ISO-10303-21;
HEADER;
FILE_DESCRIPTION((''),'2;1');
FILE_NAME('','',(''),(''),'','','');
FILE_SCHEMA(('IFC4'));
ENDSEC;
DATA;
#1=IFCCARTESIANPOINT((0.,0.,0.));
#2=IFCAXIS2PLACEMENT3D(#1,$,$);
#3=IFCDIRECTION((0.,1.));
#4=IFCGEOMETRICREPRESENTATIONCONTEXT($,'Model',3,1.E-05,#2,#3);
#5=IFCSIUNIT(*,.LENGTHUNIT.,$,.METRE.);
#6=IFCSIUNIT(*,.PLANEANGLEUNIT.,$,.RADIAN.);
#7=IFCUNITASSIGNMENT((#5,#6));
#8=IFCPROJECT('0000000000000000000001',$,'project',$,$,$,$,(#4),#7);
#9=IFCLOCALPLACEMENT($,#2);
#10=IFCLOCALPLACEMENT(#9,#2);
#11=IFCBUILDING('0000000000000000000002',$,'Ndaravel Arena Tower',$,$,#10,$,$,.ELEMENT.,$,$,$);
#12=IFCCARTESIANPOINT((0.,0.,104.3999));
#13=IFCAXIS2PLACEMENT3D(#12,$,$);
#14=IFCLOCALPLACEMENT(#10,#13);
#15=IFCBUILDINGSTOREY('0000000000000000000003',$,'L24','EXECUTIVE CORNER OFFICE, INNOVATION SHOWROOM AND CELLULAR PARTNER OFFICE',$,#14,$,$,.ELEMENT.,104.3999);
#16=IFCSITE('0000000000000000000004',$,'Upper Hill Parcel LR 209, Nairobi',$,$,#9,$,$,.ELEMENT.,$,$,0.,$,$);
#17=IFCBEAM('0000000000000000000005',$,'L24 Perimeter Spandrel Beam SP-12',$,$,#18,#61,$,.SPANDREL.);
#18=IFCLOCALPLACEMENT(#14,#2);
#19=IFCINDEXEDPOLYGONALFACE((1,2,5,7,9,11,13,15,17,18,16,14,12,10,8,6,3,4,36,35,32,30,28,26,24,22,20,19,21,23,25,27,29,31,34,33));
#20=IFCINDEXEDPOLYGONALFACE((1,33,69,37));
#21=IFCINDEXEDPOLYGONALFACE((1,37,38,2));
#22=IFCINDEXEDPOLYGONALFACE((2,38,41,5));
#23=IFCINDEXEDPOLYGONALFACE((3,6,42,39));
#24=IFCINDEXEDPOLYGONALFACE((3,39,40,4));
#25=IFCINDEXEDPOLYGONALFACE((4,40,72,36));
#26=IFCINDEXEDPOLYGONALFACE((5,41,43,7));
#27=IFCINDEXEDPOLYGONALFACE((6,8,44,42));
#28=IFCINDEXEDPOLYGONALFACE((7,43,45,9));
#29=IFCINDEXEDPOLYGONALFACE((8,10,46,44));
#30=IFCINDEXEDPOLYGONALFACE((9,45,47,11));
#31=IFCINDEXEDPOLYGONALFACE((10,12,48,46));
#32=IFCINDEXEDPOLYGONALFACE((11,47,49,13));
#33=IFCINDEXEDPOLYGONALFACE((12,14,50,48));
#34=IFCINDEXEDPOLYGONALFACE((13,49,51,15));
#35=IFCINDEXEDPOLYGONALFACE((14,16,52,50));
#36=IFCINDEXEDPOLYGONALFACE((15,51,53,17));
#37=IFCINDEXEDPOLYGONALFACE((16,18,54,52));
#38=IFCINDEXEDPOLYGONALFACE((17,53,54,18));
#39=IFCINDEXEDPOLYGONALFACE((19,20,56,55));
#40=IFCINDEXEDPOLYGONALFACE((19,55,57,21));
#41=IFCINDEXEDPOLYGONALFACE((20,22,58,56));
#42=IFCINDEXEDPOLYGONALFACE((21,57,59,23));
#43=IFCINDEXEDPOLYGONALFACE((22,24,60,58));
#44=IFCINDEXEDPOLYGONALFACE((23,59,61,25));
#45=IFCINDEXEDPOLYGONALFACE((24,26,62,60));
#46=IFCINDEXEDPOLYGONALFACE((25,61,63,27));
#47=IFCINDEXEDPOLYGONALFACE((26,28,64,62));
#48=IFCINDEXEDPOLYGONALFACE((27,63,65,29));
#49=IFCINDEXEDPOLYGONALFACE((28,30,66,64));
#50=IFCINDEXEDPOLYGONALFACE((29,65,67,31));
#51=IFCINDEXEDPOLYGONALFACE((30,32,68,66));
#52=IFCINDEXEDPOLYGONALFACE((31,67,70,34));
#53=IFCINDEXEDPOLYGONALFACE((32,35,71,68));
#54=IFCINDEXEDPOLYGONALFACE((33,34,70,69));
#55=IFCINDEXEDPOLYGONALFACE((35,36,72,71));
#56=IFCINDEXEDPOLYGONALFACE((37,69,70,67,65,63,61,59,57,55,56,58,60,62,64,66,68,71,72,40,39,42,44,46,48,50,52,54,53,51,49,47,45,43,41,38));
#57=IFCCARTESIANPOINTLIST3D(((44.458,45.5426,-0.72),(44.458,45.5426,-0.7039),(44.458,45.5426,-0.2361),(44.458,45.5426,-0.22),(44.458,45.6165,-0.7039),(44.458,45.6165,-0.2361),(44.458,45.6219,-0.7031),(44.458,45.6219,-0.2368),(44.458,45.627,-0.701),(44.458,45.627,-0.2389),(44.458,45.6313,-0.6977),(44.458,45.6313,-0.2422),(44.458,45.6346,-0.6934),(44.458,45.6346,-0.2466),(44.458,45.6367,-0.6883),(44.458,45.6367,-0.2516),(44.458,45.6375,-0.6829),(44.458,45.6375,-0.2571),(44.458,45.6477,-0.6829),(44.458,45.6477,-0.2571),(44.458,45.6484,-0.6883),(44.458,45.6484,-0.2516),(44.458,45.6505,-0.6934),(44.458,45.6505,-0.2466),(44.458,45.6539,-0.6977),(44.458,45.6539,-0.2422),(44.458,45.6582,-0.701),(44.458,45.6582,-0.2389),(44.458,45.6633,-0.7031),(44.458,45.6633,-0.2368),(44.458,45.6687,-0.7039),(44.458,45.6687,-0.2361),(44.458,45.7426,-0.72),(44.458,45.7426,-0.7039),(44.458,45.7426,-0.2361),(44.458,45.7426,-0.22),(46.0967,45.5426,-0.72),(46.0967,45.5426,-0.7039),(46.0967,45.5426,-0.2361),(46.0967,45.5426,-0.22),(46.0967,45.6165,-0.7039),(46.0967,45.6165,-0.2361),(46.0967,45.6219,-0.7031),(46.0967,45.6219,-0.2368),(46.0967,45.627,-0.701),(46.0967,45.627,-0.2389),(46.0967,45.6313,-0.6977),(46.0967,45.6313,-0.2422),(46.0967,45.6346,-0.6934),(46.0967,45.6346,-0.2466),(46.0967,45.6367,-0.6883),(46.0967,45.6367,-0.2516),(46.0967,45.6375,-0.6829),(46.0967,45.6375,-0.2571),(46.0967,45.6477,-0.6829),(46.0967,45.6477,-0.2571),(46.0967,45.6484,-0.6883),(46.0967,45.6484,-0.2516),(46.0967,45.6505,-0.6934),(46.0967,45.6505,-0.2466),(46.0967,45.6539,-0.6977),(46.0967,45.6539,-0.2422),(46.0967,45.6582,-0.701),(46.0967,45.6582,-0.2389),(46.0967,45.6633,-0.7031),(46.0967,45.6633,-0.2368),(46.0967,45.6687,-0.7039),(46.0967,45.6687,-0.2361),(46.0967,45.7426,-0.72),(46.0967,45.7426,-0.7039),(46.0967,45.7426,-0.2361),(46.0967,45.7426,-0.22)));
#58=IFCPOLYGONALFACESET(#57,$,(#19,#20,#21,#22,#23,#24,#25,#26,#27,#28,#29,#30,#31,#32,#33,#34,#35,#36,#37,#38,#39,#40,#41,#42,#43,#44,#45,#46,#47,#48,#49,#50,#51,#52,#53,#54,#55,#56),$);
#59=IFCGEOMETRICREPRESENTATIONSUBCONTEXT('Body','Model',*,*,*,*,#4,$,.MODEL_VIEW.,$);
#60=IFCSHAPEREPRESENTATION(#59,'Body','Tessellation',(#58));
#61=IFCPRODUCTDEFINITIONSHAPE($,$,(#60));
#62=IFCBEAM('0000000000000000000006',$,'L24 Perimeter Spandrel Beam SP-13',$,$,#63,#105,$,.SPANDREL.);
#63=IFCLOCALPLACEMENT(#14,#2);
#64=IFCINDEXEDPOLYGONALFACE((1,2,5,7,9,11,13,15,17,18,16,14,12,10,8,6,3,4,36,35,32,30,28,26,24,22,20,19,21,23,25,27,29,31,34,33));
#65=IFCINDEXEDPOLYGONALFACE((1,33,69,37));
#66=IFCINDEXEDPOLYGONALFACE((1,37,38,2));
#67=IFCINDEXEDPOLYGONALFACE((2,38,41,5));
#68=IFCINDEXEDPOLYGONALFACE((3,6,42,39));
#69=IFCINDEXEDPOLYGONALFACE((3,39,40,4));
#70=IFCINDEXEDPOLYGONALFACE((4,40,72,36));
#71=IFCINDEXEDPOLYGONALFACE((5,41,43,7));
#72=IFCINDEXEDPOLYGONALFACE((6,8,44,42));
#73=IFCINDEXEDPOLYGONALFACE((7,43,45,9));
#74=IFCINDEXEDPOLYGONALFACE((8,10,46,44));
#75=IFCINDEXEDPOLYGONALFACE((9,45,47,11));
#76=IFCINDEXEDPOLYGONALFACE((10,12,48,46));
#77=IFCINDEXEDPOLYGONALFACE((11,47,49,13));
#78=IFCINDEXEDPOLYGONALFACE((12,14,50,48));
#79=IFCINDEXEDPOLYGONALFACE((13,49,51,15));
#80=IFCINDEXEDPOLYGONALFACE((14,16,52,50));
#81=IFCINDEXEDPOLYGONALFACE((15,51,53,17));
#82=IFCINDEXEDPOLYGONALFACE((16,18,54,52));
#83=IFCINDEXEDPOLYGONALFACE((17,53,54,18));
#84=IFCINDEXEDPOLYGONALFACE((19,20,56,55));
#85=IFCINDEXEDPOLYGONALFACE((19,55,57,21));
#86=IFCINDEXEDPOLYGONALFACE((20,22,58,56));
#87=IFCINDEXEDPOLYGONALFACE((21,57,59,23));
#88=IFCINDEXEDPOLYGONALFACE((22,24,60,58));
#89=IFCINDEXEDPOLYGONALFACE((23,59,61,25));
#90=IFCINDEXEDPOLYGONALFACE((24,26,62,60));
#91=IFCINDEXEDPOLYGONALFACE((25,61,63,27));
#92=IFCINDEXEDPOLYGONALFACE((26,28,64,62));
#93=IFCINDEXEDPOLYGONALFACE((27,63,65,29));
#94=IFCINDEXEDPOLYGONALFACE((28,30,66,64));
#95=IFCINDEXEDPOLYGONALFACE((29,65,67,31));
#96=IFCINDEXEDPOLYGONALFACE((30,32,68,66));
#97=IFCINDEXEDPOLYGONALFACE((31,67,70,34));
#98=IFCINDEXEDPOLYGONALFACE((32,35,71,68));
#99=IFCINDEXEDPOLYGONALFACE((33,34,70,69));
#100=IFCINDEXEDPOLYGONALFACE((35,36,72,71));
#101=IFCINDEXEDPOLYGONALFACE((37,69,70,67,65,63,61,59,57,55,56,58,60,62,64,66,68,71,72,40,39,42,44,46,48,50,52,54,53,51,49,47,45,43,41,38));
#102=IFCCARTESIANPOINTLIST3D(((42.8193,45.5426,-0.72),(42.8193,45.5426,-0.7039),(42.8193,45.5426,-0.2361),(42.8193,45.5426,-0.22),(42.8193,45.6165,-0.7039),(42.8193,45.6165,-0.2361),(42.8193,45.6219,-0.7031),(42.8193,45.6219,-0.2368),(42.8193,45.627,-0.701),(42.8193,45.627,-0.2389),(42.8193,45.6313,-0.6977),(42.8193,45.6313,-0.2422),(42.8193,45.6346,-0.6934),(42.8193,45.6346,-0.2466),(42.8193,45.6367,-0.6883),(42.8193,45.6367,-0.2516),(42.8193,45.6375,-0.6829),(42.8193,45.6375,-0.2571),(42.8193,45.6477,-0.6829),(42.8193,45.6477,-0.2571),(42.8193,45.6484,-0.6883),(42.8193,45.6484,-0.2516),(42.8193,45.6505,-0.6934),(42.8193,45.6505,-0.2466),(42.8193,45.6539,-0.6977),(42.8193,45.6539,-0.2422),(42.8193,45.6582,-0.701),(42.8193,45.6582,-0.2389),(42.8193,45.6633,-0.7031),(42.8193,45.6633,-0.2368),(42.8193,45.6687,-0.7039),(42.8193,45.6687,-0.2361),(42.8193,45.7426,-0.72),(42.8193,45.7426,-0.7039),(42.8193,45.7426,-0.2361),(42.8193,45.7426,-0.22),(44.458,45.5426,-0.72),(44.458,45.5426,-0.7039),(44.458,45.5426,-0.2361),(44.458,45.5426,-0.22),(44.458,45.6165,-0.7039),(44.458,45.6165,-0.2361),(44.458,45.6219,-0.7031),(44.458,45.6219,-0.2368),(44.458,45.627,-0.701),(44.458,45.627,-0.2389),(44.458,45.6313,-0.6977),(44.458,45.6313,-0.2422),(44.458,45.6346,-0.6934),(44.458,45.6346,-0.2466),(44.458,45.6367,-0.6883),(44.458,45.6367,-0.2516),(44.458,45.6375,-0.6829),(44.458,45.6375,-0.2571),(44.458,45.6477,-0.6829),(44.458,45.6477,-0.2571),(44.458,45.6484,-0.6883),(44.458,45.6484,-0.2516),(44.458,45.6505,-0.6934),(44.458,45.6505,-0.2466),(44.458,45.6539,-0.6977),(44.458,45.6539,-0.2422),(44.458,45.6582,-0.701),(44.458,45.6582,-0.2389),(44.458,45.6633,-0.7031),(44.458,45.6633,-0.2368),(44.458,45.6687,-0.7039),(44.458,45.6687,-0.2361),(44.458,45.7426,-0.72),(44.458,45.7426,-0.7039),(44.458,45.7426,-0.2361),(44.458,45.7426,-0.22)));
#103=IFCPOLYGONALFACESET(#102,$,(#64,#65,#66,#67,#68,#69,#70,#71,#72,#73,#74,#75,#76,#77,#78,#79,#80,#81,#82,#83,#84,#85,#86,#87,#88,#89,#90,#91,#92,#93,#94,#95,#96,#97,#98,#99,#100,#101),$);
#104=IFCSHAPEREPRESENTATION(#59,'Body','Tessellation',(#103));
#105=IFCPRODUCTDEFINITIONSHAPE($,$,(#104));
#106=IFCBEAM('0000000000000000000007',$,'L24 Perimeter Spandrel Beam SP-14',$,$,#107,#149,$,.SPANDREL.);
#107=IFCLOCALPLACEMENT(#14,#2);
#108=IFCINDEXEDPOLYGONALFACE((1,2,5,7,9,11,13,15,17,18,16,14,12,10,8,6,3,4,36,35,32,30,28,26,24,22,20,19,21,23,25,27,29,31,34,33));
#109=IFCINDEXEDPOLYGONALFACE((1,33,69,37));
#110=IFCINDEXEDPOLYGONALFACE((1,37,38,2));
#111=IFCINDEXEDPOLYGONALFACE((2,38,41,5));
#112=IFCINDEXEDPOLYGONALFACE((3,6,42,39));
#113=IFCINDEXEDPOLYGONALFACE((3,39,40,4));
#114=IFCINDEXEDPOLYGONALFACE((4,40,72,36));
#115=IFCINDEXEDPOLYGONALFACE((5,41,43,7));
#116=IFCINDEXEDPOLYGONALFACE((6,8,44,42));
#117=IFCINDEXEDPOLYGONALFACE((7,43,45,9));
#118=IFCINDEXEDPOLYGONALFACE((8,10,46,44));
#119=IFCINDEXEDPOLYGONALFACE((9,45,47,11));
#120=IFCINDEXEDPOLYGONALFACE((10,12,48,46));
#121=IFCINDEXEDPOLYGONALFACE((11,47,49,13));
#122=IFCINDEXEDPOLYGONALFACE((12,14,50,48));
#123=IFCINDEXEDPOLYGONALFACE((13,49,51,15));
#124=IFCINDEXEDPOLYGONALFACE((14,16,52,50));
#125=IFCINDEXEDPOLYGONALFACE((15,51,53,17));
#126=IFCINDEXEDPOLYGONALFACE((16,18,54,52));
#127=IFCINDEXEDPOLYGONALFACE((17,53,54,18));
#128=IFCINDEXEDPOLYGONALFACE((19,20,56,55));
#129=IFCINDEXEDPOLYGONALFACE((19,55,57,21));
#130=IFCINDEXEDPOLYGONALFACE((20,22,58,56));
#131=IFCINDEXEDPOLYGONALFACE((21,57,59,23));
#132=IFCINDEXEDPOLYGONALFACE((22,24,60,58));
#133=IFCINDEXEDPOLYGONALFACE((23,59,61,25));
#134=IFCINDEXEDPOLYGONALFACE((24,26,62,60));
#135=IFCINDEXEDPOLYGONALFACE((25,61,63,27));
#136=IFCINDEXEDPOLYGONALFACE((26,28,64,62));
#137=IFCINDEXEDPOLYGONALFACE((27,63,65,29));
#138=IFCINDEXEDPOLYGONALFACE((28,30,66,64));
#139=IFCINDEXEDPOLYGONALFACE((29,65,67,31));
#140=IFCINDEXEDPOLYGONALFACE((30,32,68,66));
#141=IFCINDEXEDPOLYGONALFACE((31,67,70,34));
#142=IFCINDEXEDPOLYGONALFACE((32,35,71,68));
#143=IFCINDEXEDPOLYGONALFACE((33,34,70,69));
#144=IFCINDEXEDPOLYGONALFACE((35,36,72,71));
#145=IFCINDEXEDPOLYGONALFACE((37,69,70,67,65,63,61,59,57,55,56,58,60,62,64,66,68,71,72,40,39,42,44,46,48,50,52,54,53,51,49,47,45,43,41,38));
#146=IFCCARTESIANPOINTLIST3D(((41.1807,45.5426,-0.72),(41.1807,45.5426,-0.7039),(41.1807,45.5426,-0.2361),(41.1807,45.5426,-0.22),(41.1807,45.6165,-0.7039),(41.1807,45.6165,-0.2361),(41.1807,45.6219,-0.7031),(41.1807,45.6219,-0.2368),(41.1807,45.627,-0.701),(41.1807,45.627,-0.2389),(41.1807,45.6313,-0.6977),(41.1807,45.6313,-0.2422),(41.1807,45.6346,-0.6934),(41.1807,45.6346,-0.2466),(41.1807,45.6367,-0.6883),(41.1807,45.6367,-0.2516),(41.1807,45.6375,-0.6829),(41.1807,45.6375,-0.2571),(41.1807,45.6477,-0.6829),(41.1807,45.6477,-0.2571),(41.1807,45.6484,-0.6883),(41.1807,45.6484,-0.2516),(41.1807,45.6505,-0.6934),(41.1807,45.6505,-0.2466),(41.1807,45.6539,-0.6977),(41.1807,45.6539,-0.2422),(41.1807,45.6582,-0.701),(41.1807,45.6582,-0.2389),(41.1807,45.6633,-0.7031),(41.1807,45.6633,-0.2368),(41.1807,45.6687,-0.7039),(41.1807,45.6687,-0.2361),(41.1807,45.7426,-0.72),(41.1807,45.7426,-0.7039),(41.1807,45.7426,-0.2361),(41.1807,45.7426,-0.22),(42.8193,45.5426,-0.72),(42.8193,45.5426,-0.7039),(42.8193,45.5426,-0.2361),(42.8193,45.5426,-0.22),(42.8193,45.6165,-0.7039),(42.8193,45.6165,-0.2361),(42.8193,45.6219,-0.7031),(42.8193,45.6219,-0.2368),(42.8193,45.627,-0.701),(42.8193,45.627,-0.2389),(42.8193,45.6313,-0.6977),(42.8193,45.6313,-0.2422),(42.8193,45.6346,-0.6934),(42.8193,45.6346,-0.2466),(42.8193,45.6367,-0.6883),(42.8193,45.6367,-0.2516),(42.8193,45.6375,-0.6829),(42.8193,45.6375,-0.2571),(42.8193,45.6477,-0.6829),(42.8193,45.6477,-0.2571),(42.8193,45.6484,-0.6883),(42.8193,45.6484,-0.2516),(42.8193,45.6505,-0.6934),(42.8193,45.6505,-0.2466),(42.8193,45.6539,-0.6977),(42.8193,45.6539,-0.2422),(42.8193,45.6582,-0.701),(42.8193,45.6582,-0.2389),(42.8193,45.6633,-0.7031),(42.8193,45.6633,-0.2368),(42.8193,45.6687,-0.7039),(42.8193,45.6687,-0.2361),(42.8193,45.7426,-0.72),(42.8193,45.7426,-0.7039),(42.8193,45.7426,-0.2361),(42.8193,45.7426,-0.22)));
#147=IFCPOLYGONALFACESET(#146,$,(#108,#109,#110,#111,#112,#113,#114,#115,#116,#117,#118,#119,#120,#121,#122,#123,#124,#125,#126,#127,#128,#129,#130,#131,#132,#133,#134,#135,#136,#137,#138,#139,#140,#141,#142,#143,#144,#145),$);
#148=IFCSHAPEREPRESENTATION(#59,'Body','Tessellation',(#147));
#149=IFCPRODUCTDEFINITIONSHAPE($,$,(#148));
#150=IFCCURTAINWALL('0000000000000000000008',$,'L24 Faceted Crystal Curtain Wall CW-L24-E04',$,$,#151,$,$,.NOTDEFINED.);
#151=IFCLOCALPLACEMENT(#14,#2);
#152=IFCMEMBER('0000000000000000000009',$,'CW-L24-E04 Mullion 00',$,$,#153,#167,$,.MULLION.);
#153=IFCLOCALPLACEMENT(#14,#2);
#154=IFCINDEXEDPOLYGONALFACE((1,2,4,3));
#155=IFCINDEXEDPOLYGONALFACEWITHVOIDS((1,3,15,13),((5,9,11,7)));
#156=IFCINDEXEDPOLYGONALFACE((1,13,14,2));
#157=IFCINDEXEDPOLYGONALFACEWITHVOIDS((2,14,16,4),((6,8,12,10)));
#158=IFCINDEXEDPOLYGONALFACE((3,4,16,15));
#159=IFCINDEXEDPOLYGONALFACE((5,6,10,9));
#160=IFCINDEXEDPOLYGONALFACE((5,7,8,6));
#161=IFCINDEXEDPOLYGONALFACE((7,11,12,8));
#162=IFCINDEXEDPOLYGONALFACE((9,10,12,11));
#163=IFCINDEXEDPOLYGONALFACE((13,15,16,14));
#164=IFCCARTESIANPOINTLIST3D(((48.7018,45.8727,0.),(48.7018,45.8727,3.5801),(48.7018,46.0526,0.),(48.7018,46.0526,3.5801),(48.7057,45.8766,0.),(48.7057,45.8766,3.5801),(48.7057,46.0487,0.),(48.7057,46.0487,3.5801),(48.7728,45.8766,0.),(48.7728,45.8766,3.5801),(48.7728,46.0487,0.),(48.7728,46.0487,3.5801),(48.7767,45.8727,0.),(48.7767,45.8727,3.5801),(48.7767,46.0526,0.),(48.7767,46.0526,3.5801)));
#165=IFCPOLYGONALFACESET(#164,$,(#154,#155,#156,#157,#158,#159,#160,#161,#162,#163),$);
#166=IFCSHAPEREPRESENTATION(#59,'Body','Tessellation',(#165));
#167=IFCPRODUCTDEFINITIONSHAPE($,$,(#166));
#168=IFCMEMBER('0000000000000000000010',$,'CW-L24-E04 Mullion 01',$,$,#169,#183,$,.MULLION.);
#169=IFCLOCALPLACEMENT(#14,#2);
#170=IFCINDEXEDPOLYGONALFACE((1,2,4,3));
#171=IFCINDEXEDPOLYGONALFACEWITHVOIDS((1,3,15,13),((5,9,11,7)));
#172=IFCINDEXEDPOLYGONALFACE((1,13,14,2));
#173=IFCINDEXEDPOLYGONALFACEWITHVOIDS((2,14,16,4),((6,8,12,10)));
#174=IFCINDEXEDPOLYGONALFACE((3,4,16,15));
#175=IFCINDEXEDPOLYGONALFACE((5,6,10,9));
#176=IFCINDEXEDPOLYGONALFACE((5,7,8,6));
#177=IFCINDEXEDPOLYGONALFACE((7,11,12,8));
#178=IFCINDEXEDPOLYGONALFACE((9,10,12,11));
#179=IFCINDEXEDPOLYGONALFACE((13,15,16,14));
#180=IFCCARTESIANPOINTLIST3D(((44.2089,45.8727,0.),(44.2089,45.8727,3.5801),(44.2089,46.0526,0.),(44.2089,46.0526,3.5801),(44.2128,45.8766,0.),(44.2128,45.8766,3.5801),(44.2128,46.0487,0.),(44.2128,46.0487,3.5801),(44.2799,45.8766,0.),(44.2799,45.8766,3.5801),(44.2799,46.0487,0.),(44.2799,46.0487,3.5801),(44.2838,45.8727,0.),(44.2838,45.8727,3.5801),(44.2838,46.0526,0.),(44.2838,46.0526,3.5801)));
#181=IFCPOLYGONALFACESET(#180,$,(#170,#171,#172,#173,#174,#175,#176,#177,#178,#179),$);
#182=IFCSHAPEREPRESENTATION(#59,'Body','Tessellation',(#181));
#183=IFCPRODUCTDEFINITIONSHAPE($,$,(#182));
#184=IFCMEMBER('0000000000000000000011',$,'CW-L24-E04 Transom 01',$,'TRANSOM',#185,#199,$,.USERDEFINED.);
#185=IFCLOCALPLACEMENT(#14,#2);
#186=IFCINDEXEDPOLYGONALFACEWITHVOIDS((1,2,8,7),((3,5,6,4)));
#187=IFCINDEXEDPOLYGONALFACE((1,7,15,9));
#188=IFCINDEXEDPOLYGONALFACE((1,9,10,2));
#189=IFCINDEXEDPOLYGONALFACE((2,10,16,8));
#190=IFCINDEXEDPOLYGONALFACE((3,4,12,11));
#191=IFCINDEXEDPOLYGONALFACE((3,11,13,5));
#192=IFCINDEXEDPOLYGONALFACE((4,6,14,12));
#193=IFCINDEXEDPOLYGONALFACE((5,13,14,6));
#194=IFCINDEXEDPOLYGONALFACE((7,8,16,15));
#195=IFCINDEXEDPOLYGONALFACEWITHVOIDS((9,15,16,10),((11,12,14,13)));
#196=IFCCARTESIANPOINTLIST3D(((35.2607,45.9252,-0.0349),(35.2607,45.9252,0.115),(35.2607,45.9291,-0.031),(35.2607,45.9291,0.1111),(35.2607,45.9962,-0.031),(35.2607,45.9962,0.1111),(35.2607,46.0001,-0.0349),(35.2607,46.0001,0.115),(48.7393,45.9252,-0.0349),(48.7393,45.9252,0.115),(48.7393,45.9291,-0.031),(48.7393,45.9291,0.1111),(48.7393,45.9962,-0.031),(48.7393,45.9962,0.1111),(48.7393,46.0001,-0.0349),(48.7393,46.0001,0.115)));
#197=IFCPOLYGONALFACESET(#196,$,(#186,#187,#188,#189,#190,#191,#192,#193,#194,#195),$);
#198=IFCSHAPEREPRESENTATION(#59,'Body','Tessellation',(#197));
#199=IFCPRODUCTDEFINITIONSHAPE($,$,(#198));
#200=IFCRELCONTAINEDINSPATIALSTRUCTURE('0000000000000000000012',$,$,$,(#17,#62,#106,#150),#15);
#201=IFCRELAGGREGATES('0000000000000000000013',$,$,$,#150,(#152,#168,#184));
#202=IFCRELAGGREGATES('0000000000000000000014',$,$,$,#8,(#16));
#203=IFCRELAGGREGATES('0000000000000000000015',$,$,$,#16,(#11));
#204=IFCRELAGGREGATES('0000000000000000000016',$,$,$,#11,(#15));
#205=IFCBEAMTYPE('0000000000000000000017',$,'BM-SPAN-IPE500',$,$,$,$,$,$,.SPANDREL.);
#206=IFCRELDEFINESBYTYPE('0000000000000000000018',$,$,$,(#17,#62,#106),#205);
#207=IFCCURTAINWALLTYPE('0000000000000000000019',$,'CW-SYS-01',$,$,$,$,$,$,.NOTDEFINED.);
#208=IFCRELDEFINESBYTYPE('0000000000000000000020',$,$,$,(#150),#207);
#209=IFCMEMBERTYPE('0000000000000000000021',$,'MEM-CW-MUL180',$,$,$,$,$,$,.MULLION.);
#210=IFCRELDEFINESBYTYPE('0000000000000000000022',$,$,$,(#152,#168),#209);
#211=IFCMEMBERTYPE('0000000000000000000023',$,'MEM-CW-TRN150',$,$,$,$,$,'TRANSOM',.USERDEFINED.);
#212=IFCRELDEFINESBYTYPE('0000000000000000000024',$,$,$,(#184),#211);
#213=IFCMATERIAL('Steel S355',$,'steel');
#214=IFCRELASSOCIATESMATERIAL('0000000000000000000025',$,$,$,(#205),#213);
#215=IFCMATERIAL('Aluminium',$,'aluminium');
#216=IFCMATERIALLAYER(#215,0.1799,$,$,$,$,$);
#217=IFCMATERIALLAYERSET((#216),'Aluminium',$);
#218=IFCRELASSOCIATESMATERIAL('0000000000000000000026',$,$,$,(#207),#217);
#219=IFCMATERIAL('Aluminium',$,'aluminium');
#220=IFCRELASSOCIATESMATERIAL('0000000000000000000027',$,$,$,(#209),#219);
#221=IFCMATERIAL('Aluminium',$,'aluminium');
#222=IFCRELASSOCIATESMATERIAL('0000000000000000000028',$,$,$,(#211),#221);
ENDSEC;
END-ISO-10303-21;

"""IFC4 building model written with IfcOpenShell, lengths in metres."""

from ifc_helpers import new_model, si_unit, direction, frame, origin, origin_2d, place, context, subcontext, project, spatial, hollow_rectangle, i_section, extrude, material, layer, layer_set, material_profile, profile_set, type_object, element, aggregate, save


model = new_model("IFC4")

# Units and contexts
model_context = context("Model", 3, precision=1e-05, world=origin(), true_north=direction((0.0, 1.0)))
body_context = subcontext(model_context, "Body", "Model", "MODEL_VIEW")
ifc_project = project(units=[si_unit("LENGTHUNIT", "METRE"), si_unit("PLANEANGLEUNIT", "RADIAN")], contexts=[model_context])

# Site, building, storey
site_placement = place(None, origin())
site = spatial("IfcSite", under=ifc_project, at=site_placement, Name="Upper Hill Parcel LR 209, Nairobi", CompositionType="ELEMENT", RefElevation=0.0)
building_placement = place(site_placement, origin())
building = spatial("IfcBuilding", under=site, at=building_placement, Name="Ndaravel Arena Tower", CompositionType="ELEMENT")
storey_placement = place(building_placement, frame((0.0, 0.0, 104.3999)))
storey = spatial("IfcBuildingStorey", under=building, at=storey_placement, Name="L24", Description="EXECUTIVE CORNER OFFICE, INNOVATION SHOWROOM AND CELLULAR PARTNER OFFICE", CompositionType="ELEMENT", Elevation=104.3999)

# Beams
ifc_material_1 = material(Name="Steel S355", Category="steel")
ifc_material_profile_1 = material_profile(ifc_material_1, i_section(OverallWidth=0.2, OverallDepth=0.5, WebThickness=0.0103, FlangeThickness=0.0161, FilletRadius=0.021, at=origin_2d()), Name="IPE 500")
ifc_profile_set_1 = profile_set([ifc_material_profile_1], Name="Steel S355")
beam_type_1 = type_object("IfcBeamType", Name="BM-SPAN-IPE500", PredefinedType="SPANDREL", material=ifc_profile_set_1)
for number, where, z_axis, x_axis, name in (
    (1, (46.0967, 45.6426, -0.47), (-1.0, 0.0, 0.0), (0.0, -1.0, 0.0), "L24 Perimeter Spandrel Beam SP-12"),
    (2, (44.458, 45.6426, -0.47), (-1.0, 0.0, 0.0), (0.0, -1.0, 0.0), "L24 Perimeter Spandrel Beam SP-13"),
    (3, (42.8193, 45.6426, -0.47), (-1.0, 0.0, 0.0), (0.0, -1.0, 0.0), "L24 Perimeter Spandrel Beam SP-14"),
):
    element("IfcBeam", number, at=place(storey_placement, frame(where, z_axis=z_axis, x_axis=x_axis)), inside=storey, type_object=beam_type_1, Name=name, PredefinedType="SPANDREL", context=body_context, shape_type="SweptSolid", body=[
        extrude(i_section(OverallWidth=0.2, OverallDepth=0.5, WebThickness=0.0103, FlangeThickness=0.0161, FilletRadius=0.021, at=origin_2d()), origin(), (0.0, 0.0, 1.0), 1.6387),
    ])

# Curtain wall, members
ifc_material_2 = material(Name="Aluminium", Category="aluminium")
ifc_layer_1 = layer(ifc_material_2, 0.1799)
ifc_layer_set_1 = layer_set([ifc_layer_1], Name="Aluminium")
curtain_wall_type = type_object("IfcCurtainWallType", Name="CW-SYS-01", PredefinedType="NOTDEFINED", material=ifc_layer_set_1)
curtain_wall_placement = place(storey_placement, origin())
curtain_wall = element("IfcCurtainWall", 4, at=curtain_wall_placement, inside=storey, type_object=curtain_wall_type, Name="L24 Faceted Crystal Curtain Wall CW-L24-E04", PredefinedType="NOTDEFINED")
ifc_material_3 = material(Name="Aluminium", Category="aluminium")
ifc_material_profile_2 = material_profile(ifc_material_3, hollow_rectangle(XDim=0.075, YDim=0.1799, WallThickness=0.0039, at=origin_2d()), Name="CW MULLION 75x180x4")
ifc_profile_set_2 = profile_set([ifc_material_profile_2], Name="Aluminium")
member_type_1 = type_object("IfcMemberType", Name="MEM-CW-MUL180", PredefinedType="MULLION", material=ifc_profile_set_2)
member_1_placement = place(storey_placement, frame((48.7393, 45.9626, 0.0), z_axis=(0.0, 0.0, 1.0), x_axis=(-1.0, 0.0, 0.0)))
member_1 = element("IfcMember", 5, at=member_1_placement, type_object=member_type_1, Name="CW-L24-E04 Mullion 00", PredefinedType="MULLION", context=body_context, shape_type="SweptSolid", body=[
    extrude(hollow_rectangle(XDim=0.075, YDim=0.1799, WallThickness=0.0039, at=origin_2d()), origin(), (0.0, 0.0, 1.0), 3.5801),
])
member_2_placement = place(storey_placement, frame((44.2463, 45.9626, 0.0), z_axis=(0.0, 0.0, 1.0), x_axis=(-1.0, 0.0, 0.0)))
member_2 = element("IfcMember", 6, at=member_2_placement, type_object=member_type_1, Name="CW-L24-E04 Mullion 01", PredefinedType="MULLION", context=body_context, shape_type="SweptSolid", body=[
    extrude(hollow_rectangle(XDim=0.075, YDim=0.1799, WallThickness=0.0039, at=origin_2d()), origin(), (0.0, 0.0, 1.0), 3.5801),
])
ifc_material_4 = material(Name="Aluminium", Category="aluminium")
ifc_material_profile_3 = material_profile(ifc_material_4, hollow_rectangle(XDim=0.075, YDim=0.1499, WallThickness=0.0039, at=origin_2d()), Name="CW TRANSOM 75x150x4")
ifc_profile_set_3 = profile_set([ifc_material_profile_3], Name="Aluminium")
member_type_2 = type_object("IfcMemberType", Name="MEM-CW-TRN150", ElementType="TRANSOM", PredefinedType="USERDEFINED", material=ifc_profile_set_3)
member_3_placement = place(storey_placement, frame((48.7393, 45.9626, 0.04), z_axis=(-1.0, 0.0, 0.0), x_axis=(0.0, -1.0, 0.0)))
member_3 = element("IfcMember", 7, at=member_3_placement, type_object=member_type_2, Name="CW-L24-E04 Transom 01", ObjectType="TRANSOM", PredefinedType="USERDEFINED", context=body_context, shape_type="SweptSolid", body=[
    extrude(hollow_rectangle(XDim=0.075, YDim=0.1499, WallThickness=0.0039, at=origin_2d()), origin(), (0.0, 0.0, 1.0), 13.4785),
])
aggregate(curtain_wall, [member_1, member_2, member_3])

save(model, "model.ifc")
